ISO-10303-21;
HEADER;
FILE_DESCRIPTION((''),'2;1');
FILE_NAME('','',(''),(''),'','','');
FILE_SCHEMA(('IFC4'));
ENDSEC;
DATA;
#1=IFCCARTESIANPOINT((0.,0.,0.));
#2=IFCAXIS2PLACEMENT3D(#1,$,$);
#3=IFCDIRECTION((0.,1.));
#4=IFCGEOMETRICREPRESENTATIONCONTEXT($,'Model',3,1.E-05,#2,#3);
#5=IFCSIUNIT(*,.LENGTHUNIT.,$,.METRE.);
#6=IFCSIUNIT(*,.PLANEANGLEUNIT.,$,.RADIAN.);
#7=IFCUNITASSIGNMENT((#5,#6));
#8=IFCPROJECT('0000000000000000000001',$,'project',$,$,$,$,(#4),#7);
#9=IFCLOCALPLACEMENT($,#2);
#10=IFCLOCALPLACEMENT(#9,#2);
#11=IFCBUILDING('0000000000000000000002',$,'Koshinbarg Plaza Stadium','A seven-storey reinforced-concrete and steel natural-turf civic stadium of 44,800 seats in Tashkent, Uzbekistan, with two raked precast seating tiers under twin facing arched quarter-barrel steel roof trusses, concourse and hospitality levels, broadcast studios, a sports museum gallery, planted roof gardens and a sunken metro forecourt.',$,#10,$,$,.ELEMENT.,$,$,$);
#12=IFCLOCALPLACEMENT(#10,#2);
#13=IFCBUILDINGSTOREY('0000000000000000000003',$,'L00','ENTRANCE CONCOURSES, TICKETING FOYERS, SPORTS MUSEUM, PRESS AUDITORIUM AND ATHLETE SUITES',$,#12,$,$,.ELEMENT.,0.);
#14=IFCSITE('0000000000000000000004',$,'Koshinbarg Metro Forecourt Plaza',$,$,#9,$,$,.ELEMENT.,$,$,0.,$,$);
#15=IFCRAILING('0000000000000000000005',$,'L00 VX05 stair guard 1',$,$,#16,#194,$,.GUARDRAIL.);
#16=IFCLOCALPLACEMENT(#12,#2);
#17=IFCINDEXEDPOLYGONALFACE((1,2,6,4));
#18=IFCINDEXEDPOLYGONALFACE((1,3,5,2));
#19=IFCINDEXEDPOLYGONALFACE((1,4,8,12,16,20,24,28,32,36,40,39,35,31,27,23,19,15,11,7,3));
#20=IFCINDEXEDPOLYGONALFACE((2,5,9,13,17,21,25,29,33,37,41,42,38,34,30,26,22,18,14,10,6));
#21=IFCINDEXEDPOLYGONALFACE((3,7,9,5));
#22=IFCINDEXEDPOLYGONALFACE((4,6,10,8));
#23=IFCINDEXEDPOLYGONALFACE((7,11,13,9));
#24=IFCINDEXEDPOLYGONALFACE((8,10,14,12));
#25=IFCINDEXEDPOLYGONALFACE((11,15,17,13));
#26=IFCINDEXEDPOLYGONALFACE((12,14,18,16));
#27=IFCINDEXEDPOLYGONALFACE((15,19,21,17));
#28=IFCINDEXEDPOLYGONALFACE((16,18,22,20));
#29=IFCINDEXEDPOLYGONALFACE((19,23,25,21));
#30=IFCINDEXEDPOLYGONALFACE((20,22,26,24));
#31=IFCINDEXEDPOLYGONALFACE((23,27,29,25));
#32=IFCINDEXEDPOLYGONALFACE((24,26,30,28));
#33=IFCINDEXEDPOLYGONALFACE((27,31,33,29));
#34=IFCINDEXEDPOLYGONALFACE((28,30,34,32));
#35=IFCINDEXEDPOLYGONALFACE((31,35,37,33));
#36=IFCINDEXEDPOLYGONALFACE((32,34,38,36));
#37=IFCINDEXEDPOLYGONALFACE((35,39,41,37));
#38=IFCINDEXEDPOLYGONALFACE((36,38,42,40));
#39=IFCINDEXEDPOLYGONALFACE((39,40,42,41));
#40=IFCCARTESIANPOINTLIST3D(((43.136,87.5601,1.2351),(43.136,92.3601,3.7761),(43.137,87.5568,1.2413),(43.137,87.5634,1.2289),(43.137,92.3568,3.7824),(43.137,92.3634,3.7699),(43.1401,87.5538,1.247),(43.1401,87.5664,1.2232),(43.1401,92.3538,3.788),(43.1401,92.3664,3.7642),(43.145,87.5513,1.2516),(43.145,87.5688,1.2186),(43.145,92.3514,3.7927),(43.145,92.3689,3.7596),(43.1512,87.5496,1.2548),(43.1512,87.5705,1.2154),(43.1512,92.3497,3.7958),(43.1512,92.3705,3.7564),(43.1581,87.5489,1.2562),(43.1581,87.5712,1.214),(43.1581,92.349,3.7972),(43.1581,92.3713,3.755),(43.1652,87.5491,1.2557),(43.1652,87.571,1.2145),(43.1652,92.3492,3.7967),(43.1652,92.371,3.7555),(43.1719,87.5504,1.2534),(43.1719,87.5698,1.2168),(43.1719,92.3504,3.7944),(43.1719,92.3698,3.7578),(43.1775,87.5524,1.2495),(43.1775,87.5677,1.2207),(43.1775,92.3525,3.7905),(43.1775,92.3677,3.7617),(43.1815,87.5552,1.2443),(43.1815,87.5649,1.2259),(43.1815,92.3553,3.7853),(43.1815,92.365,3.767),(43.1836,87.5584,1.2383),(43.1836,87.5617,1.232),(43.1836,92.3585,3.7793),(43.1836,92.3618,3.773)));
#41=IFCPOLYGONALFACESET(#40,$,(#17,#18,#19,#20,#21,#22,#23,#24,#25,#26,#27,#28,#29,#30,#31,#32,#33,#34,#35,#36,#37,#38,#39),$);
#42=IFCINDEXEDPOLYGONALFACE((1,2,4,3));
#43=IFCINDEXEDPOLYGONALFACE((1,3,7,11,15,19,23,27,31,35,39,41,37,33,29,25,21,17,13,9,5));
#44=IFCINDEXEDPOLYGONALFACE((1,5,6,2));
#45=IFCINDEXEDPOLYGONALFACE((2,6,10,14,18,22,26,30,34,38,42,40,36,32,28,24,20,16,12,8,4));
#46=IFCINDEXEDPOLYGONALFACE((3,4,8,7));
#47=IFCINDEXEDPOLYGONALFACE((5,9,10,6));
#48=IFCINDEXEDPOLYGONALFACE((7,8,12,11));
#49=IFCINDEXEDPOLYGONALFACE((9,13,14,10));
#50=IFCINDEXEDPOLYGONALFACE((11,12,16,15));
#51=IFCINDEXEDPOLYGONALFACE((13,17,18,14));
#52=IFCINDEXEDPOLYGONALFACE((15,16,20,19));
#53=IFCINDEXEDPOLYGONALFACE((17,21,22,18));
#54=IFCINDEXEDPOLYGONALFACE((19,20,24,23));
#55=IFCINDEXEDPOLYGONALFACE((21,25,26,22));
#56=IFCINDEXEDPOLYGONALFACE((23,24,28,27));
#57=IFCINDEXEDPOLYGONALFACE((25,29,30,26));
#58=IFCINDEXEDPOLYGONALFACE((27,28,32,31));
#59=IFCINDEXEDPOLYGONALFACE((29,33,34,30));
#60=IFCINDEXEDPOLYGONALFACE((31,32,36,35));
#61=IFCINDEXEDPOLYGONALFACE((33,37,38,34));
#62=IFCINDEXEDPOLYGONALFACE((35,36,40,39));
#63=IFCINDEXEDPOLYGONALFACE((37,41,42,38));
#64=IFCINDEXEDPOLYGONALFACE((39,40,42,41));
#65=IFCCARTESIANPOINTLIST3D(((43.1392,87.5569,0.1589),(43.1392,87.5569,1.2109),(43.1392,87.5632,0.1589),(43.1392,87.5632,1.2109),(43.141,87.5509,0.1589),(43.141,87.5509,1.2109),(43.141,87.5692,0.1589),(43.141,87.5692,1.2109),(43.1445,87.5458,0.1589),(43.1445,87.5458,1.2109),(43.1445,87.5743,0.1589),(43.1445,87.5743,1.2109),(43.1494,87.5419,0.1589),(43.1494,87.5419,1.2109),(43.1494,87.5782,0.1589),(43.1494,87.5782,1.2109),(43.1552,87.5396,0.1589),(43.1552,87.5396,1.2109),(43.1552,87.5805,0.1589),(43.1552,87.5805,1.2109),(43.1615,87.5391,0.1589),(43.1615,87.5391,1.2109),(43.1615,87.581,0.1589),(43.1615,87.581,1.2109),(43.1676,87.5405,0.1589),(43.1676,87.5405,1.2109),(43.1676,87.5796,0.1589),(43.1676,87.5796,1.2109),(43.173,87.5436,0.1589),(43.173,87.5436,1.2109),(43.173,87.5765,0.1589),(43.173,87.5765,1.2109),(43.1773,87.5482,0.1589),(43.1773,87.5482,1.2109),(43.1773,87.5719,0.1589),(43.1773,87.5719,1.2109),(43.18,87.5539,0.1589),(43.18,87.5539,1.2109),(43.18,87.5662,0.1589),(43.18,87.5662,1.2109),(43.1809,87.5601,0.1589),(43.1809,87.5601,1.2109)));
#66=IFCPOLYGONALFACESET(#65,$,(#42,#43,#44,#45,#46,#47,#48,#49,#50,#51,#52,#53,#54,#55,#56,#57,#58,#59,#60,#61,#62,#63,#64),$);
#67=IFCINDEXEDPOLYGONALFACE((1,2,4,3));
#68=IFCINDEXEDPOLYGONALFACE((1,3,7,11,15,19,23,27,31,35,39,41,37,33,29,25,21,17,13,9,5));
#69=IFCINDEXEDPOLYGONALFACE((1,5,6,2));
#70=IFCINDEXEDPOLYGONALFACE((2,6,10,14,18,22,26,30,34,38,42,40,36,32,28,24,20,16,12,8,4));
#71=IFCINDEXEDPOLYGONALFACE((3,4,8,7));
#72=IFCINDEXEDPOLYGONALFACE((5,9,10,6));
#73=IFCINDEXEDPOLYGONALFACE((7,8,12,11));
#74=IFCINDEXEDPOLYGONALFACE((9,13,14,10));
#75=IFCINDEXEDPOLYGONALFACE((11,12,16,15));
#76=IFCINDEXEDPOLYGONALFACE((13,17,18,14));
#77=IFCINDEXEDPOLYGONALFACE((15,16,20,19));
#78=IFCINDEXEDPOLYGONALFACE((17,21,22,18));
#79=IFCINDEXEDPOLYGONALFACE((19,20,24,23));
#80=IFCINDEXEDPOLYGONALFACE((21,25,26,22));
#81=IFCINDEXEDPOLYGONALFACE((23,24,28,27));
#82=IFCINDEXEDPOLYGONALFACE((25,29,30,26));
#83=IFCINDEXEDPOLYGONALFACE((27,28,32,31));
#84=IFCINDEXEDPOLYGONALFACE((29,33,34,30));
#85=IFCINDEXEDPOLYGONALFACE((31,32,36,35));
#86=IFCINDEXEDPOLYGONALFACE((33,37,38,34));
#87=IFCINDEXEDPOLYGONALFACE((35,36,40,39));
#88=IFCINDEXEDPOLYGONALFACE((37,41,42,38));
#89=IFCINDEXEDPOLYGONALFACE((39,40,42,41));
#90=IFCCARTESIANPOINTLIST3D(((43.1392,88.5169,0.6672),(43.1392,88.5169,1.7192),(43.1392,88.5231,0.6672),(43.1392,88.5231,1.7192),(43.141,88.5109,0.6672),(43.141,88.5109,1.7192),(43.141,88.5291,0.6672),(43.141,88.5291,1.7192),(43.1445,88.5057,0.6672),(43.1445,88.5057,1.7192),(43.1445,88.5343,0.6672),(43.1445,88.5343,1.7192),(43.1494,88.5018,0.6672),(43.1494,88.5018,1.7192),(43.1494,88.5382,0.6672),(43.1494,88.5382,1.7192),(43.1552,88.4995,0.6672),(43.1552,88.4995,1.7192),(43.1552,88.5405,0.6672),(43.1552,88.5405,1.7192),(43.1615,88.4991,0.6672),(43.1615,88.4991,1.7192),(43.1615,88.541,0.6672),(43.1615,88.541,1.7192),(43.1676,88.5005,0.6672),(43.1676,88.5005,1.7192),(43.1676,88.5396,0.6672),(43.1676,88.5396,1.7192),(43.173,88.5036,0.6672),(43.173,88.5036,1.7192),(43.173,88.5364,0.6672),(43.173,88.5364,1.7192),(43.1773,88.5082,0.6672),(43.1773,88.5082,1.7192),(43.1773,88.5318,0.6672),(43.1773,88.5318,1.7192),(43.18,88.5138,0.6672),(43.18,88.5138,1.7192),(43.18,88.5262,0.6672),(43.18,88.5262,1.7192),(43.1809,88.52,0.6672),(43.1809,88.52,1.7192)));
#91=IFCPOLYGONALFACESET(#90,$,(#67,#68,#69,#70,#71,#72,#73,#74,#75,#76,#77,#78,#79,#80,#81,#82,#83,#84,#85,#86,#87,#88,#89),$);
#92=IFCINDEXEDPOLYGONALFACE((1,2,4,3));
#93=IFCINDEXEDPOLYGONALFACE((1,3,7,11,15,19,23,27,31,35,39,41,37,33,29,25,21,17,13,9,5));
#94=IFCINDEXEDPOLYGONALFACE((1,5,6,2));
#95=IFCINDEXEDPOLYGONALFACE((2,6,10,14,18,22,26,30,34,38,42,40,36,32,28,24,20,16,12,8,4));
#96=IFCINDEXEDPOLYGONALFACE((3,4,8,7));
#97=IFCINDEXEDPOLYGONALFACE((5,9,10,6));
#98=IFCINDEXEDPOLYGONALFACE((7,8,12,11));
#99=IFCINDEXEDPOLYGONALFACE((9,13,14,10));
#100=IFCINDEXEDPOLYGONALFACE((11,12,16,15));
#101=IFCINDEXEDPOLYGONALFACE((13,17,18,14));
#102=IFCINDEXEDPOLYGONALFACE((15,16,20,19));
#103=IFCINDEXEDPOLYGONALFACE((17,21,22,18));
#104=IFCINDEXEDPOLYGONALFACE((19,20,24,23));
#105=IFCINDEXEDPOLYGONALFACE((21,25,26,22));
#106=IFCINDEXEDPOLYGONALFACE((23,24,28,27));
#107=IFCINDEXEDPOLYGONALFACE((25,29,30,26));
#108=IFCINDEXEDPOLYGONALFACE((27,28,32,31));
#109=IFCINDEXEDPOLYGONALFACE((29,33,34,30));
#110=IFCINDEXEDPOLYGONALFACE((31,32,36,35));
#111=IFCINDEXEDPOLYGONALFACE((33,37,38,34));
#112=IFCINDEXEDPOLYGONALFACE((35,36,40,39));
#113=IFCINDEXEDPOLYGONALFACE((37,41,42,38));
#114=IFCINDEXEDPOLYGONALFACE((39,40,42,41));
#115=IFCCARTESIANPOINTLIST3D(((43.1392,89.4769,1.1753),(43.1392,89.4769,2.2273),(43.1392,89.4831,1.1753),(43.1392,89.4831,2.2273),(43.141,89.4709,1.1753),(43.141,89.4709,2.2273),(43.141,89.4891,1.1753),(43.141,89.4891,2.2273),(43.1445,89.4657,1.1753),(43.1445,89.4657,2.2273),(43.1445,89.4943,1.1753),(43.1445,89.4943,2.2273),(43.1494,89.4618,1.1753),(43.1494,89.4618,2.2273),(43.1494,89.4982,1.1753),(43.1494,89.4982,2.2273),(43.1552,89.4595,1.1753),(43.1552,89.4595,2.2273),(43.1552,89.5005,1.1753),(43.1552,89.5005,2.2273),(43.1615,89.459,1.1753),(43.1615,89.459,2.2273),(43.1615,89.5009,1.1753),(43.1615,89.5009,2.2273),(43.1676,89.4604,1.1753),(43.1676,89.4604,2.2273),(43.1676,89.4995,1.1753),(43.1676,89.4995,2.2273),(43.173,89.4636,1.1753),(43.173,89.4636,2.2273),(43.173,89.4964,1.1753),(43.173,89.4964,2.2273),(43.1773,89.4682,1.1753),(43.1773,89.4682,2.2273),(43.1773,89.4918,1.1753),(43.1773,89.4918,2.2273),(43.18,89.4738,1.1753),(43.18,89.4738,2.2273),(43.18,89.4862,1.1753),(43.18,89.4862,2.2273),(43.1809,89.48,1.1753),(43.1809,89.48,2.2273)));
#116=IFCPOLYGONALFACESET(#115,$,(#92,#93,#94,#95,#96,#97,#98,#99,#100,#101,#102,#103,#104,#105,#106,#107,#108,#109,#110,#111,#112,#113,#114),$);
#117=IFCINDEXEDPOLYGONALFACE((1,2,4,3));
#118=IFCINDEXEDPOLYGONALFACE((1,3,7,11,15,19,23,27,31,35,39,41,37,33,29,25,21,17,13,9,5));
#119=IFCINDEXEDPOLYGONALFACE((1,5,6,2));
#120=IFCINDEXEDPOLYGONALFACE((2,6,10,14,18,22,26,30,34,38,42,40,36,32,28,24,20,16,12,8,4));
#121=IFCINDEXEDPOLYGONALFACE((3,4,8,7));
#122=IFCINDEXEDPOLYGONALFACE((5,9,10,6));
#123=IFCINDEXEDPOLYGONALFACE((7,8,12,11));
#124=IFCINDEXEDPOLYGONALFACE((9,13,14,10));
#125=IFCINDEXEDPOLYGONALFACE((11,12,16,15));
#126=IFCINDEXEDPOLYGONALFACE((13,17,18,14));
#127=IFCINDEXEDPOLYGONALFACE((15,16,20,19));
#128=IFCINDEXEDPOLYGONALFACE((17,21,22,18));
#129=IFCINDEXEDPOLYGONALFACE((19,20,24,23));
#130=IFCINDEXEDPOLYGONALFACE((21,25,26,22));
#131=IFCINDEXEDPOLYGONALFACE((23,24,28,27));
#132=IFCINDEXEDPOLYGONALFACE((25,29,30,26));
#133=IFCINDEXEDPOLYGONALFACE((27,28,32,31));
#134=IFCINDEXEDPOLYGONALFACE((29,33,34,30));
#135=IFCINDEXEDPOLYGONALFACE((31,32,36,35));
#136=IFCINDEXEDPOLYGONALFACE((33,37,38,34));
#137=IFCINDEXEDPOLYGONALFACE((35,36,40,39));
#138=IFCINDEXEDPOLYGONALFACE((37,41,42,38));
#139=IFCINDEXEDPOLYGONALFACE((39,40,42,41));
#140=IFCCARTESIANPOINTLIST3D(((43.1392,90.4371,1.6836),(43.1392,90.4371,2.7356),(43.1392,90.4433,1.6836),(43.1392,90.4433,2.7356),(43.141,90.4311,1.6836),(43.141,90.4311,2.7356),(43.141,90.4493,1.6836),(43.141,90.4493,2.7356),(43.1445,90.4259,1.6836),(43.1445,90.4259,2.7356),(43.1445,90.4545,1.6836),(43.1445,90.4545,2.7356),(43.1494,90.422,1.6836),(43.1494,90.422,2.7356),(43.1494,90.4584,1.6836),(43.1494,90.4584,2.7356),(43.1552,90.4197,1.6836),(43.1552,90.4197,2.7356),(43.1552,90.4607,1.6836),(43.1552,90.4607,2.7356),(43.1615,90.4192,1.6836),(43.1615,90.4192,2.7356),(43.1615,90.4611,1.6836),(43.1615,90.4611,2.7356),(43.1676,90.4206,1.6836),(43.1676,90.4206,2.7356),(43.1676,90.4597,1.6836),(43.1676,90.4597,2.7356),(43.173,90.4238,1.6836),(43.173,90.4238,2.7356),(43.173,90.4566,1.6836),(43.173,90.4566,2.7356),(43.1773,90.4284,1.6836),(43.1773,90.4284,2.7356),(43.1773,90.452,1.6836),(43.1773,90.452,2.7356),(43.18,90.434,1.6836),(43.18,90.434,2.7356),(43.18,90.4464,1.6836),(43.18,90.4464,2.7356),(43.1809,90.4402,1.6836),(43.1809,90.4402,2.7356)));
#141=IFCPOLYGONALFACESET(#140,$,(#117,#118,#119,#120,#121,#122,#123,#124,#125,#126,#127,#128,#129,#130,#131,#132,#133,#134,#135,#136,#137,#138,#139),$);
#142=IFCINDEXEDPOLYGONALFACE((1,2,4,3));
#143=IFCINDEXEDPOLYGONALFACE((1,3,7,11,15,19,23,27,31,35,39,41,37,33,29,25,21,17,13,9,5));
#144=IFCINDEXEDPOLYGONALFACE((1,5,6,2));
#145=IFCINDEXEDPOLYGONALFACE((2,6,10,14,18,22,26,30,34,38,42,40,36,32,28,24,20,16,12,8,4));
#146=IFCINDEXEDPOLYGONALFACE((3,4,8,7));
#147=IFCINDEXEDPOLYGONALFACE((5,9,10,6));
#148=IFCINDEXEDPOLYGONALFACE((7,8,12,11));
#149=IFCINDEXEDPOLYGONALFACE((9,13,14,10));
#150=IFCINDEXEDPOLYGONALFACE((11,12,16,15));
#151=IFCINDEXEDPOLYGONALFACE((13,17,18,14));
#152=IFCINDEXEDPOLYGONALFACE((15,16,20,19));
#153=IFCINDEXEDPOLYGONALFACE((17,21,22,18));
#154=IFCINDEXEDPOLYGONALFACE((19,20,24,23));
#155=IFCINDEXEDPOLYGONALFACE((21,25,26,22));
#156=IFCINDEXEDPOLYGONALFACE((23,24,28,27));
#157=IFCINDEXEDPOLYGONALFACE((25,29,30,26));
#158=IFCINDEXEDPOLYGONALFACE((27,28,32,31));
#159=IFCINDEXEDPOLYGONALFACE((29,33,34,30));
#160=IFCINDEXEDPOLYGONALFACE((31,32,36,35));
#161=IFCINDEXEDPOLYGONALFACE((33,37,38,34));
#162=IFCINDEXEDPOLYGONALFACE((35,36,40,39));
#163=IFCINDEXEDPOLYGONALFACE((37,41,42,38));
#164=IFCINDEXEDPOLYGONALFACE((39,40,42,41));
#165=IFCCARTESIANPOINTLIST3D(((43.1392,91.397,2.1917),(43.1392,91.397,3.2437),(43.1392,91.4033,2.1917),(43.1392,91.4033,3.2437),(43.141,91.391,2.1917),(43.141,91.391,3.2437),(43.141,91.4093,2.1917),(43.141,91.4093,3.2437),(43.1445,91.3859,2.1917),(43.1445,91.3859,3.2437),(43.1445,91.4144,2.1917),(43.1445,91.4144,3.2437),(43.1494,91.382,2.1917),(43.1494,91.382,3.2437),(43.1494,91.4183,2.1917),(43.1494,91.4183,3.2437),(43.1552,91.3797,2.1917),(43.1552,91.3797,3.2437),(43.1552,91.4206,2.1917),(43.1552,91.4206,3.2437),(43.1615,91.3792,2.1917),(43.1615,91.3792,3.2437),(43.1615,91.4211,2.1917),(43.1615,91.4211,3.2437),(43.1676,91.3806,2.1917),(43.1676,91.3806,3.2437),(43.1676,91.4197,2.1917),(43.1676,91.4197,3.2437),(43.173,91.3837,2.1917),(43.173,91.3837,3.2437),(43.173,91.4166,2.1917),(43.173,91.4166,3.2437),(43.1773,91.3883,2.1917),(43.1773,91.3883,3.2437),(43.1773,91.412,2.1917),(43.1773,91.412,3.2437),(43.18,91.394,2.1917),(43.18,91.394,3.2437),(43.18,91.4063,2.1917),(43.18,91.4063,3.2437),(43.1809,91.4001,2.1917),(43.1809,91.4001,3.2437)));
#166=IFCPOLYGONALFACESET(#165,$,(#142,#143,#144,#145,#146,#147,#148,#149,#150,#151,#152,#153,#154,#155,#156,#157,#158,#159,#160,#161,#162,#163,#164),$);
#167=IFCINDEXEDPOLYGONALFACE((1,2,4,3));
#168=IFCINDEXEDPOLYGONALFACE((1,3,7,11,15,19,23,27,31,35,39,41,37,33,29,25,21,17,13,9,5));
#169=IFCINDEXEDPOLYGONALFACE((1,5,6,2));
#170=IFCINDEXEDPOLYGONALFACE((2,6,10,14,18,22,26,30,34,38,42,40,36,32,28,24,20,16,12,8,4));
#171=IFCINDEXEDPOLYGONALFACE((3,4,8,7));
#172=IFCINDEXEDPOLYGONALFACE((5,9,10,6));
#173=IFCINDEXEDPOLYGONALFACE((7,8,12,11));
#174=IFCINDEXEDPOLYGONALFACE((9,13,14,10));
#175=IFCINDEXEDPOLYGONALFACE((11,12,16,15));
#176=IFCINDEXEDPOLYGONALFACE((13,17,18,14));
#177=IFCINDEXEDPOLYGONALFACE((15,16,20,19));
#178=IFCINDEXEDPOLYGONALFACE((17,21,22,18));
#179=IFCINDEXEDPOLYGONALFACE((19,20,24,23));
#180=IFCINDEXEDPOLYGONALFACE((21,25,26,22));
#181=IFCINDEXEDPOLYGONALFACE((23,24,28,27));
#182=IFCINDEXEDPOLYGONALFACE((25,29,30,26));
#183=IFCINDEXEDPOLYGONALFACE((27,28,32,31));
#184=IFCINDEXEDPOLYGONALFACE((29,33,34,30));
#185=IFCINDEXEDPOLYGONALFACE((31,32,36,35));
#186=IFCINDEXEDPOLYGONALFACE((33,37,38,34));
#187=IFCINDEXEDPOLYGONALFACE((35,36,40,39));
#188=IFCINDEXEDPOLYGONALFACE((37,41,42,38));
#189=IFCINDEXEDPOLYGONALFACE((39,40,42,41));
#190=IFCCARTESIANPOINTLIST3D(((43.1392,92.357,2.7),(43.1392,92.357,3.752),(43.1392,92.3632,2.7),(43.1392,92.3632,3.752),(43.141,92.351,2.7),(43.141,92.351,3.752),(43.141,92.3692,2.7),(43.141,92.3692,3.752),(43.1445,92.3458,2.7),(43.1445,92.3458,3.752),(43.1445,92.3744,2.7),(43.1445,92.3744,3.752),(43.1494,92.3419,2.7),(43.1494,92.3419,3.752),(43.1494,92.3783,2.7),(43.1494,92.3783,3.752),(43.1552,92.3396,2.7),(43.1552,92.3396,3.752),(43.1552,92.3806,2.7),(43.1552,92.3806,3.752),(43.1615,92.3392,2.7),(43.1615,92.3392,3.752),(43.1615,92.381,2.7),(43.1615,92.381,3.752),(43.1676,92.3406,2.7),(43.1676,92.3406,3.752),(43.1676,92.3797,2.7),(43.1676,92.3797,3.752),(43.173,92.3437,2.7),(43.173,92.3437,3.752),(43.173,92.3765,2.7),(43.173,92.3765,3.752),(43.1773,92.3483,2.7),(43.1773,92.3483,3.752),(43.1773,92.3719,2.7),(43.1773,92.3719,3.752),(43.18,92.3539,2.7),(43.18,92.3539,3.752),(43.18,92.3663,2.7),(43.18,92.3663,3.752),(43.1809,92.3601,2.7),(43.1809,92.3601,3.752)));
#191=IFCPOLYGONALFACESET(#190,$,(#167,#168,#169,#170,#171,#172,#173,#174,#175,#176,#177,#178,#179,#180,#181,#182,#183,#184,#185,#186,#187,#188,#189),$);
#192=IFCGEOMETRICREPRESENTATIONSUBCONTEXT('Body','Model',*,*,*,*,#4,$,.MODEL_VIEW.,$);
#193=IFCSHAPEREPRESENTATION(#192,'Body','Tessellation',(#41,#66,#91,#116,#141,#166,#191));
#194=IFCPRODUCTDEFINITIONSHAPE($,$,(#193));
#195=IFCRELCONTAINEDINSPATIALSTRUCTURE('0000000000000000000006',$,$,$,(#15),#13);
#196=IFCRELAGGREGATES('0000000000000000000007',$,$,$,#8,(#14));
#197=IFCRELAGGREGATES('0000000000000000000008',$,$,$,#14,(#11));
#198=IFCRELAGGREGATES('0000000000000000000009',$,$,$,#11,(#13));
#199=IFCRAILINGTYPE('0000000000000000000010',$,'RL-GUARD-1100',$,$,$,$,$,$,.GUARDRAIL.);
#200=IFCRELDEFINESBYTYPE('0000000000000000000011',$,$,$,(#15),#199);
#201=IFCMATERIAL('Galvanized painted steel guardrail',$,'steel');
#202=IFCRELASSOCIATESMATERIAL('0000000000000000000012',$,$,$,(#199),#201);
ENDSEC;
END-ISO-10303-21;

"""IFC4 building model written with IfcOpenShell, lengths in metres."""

from ifc_helpers import new_model, si_unit, direction, frame, origin, origin_2d, place, context, subcontext, project, spatial, circle, extrude, material, type_object, element, save


model = new_model("IFC4")

# Units and contexts
model_context = context("Model", 3, precision=1e-05, world=origin(), true_north=direction((0.0, 1.0)))
body_context = subcontext(model_context, "Body", "Model", "MODEL_VIEW")
ifc_project = project(units=[si_unit("LENGTHUNIT", "METRE"), si_unit("PLANEANGLEUNIT", "RADIAN")], contexts=[model_context])

# Site, building, storey
site_placement = place(None, origin())
site = spatial("IfcSite", under=ifc_project, at=site_placement, Name="Koshinbarg Metro Forecourt Plaza", CompositionType="ELEMENT", RefElevation=0.0)
building_placement = place(site_placement, origin())
building = spatial("IfcBuilding", under=site, at=building_placement, Name="Koshinbarg Plaza Stadium", Description="A seven-storey reinforced-concrete and steel natural-turf civic stadium of 44,800 seats in Tashkent, Uzbekistan, with two raked precast seating tiers under twin facing arched quarter-barrel steel roof trusses, concourse and hospitality levels, broadcast studios, a sports museum gallery, planted roof gardens and a sunken metro forecourt.", CompositionType="ELEMENT")
storey_placement = place(building_placement, origin())
storey = spatial("IfcBuildingStorey", under=building, at=storey_placement, Name="L00", Description="ENTRANCE CONCOURSES, TICKETING FOYERS, SPORTS MUSEUM, PRESS AUDITORIUM AND ATHLETE SUITES", CompositionType="ELEMENT", Elevation=0.0)

# Railing
ifc_material_1 = material(Name="Galvanized painted steel guardrail", Category="steel")
railing_type_1 = type_object("IfcRailingType", Name="RL-GUARD-1100", PredefinedType="GUARDRAIL", material=ifc_material_1)
railing_1_placement = place(storey_placement, frame((43.1599, 87.5601, 0.1589)))
element("IfcRailing", 1, at=railing_1_placement, inside=storey, type_object=railing_type_1, Name="L00 VX05 stair guard 1", PredefinedType="GUARDRAIL", context=body_context, shape_type="SweptSolid", body=[
    extrude(circle(Radius=0.0239, at=origin_2d()), frame((0.0, 0.0, 1.0762), z_axis=(0.0, 0.883802, 0.467861), x_axis=(-1.0, 0.0, 0.0)), (0.0, 0.0, 1.0), 5.4312),
    extrude(circle(Radius=0.021, at=origin_2d()), origin(), (0.0, 0.0, 1.0), 1.052),
    extrude(circle(Radius=0.021, at=origin_2d()), frame((0.0, 0.96, 0.5083)), (0.0, 0.0, 1.0), 1.052),
    extrude(circle(Radius=0.021, at=origin_2d()), frame((0.0, 1.9199, 1.0164)), (0.0, 0.0, 1.0), 1.052),
    extrude(circle(Radius=0.021, at=origin_2d()), frame((0.0, 2.8801, 1.5247)), (0.0, 0.0, 1.0), 1.052),
    extrude(circle(Radius=0.021, at=origin_2d()), frame((0.0, 3.8401, 2.0327)), (0.0, 0.0, 1.0), 1.052),
    extrude(circle(Radius=0.021, at=origin_2d()), frame((0.0, 4.8, 2.541)), (0.0, 0.0, 1.0), 1.052),
])

save(model, "model.ifc")
